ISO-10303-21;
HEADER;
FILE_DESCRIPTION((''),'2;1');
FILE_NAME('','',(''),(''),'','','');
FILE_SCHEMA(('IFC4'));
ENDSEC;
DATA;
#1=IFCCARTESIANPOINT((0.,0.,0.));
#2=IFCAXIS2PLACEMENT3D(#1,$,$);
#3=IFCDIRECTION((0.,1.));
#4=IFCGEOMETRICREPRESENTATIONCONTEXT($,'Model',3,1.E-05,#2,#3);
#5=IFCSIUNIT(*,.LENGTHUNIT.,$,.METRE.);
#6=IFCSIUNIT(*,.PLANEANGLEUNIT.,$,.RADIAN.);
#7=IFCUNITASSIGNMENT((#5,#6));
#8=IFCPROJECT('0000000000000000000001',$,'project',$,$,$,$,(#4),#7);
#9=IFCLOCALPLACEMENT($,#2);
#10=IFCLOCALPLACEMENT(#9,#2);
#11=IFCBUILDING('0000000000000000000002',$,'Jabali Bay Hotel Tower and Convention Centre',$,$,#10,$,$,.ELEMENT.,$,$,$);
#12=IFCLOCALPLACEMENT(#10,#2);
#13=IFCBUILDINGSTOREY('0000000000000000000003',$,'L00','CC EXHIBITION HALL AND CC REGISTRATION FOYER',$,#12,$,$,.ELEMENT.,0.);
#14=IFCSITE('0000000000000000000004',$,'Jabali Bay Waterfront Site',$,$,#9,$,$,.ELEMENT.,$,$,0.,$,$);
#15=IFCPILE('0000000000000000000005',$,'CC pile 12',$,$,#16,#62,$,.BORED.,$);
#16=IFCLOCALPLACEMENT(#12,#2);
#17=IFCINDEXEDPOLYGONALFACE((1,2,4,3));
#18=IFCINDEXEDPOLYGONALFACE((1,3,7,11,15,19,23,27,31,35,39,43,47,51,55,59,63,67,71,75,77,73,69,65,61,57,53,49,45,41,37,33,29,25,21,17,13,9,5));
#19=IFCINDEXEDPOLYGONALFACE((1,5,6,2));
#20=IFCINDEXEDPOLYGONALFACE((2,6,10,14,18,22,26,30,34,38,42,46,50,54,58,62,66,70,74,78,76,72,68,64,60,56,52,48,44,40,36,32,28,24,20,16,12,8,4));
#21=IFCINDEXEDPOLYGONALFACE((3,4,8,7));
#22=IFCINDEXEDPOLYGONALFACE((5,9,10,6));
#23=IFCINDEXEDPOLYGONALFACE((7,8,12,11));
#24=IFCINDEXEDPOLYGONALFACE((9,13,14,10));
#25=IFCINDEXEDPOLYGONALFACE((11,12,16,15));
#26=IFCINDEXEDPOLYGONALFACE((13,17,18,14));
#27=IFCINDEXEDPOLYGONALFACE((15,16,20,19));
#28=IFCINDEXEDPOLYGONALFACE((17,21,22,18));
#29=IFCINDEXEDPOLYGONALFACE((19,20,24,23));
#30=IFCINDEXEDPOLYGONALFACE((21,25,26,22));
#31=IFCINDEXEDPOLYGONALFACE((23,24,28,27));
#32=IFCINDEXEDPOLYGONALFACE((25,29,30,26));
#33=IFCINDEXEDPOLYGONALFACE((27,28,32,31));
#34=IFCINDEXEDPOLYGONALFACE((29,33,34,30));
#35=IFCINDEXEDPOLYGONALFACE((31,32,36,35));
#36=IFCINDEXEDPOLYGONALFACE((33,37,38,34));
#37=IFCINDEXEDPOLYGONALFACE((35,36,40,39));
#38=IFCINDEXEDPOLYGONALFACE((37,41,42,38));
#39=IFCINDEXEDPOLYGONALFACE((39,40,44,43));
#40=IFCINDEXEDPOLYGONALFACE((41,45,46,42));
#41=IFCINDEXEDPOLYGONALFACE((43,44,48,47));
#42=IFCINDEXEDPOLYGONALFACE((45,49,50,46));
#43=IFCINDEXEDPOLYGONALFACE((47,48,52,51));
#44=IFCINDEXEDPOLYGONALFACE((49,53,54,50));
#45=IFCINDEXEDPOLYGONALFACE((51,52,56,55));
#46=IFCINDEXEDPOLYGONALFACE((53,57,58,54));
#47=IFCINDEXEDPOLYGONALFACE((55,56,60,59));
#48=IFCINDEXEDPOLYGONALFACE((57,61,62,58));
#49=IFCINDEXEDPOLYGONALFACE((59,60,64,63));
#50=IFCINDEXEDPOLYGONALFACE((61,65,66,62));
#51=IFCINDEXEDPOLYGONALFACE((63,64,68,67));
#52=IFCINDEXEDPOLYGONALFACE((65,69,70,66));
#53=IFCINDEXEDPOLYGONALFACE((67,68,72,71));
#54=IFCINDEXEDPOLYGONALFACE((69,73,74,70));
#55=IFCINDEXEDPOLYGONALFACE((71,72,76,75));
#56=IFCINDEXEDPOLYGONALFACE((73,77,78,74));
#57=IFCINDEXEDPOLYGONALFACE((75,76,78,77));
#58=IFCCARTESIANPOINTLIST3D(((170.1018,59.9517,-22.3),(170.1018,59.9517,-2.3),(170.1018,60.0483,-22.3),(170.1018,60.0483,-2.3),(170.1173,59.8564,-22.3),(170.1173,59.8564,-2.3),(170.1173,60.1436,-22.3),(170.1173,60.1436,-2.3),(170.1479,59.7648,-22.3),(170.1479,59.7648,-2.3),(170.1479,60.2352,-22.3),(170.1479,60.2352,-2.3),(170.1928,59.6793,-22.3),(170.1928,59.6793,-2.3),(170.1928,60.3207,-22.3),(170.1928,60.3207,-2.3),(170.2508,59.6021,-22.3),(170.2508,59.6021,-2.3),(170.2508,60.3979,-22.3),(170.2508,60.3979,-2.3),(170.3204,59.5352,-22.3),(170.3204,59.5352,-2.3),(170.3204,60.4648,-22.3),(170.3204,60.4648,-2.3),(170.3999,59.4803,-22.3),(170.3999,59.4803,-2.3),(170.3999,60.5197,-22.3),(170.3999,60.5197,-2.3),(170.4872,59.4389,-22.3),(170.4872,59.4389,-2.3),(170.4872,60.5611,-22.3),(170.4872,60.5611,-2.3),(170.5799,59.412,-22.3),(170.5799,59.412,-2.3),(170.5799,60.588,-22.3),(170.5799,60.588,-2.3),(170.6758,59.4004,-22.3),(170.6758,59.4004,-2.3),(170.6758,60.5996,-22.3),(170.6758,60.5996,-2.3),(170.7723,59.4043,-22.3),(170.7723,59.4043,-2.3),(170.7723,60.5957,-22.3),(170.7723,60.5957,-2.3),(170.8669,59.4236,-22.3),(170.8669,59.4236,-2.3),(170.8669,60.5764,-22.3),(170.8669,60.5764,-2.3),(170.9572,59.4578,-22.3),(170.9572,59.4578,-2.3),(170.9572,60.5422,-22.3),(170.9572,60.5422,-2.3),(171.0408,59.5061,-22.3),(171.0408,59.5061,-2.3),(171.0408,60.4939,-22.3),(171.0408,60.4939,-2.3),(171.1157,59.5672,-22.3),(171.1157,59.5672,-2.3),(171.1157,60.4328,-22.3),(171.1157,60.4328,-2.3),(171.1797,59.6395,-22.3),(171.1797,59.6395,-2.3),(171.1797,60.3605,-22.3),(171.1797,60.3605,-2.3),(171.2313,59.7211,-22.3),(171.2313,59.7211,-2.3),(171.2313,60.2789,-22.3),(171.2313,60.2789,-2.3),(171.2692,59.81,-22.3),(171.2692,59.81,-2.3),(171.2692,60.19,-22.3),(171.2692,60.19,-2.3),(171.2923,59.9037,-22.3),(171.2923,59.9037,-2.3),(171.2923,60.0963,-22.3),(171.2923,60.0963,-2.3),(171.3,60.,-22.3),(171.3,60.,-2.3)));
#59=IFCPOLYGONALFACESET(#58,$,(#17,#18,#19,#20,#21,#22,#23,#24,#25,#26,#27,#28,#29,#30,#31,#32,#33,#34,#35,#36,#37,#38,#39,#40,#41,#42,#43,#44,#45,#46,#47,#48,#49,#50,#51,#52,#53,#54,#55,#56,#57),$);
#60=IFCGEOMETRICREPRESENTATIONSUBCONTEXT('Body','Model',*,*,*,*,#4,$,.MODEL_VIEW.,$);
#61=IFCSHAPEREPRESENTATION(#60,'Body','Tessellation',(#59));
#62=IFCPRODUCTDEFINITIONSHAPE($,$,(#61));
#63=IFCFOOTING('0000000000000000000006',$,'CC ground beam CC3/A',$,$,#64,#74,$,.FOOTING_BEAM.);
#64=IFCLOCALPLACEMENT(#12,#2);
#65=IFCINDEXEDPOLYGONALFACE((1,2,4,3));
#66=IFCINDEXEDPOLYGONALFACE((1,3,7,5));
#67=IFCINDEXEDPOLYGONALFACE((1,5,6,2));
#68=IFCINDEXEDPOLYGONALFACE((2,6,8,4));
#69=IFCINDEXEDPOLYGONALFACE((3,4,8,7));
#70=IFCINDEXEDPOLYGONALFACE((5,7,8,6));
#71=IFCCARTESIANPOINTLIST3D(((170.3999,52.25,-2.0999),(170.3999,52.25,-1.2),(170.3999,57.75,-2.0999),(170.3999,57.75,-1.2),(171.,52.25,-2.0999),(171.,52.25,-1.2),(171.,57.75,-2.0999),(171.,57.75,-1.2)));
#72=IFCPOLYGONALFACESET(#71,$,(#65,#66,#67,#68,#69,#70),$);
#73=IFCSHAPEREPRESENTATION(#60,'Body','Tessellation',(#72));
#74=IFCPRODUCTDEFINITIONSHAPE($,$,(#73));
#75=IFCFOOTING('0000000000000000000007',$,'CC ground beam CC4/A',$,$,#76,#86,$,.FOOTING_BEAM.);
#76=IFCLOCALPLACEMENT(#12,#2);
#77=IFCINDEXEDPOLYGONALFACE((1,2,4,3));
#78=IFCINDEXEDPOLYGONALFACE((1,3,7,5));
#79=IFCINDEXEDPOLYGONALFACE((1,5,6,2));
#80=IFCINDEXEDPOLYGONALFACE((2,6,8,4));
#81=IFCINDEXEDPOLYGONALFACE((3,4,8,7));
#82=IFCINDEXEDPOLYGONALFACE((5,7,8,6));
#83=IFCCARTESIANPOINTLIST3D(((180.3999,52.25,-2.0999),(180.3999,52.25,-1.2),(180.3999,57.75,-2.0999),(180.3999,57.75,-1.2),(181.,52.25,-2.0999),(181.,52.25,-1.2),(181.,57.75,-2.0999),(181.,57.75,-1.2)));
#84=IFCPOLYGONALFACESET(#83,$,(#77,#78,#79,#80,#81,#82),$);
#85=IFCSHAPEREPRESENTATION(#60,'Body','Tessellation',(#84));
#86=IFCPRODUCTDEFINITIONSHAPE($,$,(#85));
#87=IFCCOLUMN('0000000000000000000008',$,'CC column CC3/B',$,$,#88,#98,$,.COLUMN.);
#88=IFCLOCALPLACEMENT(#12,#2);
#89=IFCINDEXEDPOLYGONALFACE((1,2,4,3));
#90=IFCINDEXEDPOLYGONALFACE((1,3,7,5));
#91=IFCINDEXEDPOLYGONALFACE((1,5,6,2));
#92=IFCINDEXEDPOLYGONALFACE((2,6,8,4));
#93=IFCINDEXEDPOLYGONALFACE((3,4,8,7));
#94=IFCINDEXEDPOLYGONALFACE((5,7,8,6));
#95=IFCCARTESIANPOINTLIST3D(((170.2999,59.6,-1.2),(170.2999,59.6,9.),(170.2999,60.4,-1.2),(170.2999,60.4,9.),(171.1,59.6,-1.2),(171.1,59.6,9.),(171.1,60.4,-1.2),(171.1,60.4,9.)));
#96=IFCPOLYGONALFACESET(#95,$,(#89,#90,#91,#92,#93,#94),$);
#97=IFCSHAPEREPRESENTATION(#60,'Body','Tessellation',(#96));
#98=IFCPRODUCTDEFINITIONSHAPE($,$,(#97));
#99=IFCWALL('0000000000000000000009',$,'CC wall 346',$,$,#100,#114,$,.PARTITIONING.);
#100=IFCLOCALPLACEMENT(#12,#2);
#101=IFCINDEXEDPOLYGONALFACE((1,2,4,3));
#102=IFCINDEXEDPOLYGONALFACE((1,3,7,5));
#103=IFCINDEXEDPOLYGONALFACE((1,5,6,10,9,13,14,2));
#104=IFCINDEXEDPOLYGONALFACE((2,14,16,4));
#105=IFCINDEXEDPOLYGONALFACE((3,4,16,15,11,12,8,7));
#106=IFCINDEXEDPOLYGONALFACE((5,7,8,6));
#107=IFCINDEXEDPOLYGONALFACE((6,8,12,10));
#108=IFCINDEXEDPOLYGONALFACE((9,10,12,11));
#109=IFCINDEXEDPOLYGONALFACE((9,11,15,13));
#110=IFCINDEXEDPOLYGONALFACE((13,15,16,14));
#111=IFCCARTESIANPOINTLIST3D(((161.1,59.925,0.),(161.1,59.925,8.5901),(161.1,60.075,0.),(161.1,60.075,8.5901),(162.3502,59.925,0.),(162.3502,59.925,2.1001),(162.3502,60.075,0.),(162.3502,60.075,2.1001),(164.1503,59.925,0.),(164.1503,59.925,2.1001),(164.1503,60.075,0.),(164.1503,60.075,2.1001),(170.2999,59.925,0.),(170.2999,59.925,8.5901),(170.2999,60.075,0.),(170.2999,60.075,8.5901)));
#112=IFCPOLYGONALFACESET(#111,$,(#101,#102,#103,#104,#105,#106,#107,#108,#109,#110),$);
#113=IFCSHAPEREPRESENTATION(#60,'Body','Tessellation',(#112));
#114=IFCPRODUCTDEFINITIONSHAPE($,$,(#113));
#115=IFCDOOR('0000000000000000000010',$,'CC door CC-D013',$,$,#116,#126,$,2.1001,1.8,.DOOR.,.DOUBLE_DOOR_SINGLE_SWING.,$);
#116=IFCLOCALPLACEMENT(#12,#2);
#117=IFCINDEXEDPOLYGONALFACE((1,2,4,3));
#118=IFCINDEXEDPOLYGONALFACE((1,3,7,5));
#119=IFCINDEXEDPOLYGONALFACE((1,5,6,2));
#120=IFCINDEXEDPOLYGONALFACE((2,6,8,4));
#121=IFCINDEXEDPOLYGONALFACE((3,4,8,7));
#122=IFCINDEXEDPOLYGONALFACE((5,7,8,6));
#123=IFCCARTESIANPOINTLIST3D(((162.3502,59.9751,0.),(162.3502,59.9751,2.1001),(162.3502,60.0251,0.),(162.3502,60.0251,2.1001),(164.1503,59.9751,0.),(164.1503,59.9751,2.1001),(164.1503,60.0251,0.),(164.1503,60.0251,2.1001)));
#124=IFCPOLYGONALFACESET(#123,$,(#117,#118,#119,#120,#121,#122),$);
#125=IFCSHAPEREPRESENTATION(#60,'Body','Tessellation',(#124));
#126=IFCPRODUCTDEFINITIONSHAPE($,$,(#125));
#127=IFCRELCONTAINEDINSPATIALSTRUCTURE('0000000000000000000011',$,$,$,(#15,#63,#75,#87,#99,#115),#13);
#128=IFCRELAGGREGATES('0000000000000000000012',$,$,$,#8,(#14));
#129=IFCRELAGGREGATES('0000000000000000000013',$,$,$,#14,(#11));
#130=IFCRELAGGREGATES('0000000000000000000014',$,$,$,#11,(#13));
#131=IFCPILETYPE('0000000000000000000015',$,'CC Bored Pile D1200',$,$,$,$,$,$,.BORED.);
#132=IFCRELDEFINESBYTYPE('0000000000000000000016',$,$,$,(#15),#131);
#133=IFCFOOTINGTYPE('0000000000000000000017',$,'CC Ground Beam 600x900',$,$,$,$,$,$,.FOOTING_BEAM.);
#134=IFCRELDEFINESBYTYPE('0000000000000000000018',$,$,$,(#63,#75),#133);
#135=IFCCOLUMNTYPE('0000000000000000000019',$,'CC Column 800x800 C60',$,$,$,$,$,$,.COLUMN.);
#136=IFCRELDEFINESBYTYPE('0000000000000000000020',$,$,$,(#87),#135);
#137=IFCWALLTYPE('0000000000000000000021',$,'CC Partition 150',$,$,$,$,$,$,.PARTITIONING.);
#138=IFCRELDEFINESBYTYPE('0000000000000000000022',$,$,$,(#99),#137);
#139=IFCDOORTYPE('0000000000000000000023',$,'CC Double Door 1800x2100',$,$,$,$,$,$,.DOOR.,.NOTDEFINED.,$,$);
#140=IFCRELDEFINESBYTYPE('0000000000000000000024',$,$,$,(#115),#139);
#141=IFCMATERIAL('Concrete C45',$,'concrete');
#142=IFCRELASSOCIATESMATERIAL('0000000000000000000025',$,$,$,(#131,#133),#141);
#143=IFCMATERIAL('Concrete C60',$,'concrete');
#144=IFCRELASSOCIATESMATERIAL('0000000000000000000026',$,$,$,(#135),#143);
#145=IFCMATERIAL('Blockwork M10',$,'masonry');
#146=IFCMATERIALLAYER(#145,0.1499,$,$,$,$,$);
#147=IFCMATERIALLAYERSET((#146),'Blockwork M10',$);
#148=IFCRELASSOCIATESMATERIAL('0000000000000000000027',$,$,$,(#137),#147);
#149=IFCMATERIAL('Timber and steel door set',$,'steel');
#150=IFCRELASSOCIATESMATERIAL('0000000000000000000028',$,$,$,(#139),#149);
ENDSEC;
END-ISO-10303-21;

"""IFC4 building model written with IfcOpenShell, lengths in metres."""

from ifc_helpers import new_model, si_unit, direction, frame, frame_2d, origin, origin_2d, place, context, subcontext, project, spatial, rectangle, circle, extrude, material, layer, layer_set, material_profile, profile_set, type_object, element, fill, save


model = new_model("IFC4")

# Units and contexts
model_context = context("Model", 3, precision=1e-05, world=origin(), true_north=direction((0.0, 1.0)))
body_context = subcontext(model_context, "Body", "Model", "MODEL_VIEW")
ifc_project = project(units=[si_unit("LENGTHUNIT", "METRE"), si_unit("PLANEANGLEUNIT", "RADIAN")], contexts=[model_context])

# Site, building, storey
site_placement = place(None, origin())
site = spatial("IfcSite", under=ifc_project, at=site_placement, Name="Jabali Bay Waterfront Site", CompositionType="ELEMENT", RefElevation=0.0)
building_placement = place(site_placement, origin())
building = spatial("IfcBuilding", under=site, at=building_placement, Name="Jabali Bay Hotel Tower and Convention Centre", CompositionType="ELEMENT")
storey_placement = place(building_placement, origin())
storey = spatial("IfcBuildingStorey", under=building, at=storey_placement, Name="L00", Description="CC EXHIBITION HALL AND CC REGISTRATION FOYER", CompositionType="ELEMENT", Elevation=0.0)

# Pile
ifc_material_1 = material(Name="Concrete C45", Category="concrete")
ifc_material_profile_1 = material_profile(ifc_material_1, circle(Radius=0.6001, at=origin_2d()), Name="D1200")
ifc_profile_set_1 = profile_set([ifc_material_profile_1], Name="Concrete C45")
pile_type = type_object("IfcPileType", Name="CC Bored Pile D1200", PredefinedType="BORED", material=ifc_profile_set_1)
pile_placement = place(storey_placement, frame((170.7, 60.0, -2.3), z_axis=(0.0, 0.0, -1.0), x_axis=(1.0, 0.0, 0.0)))
element("IfcPile", 1, at=pile_placement, inside=storey, type_object=pile_type, Name="CC pile 12", PredefinedType="BORED", context=body_context, shape_type="SweptSolid", body=[
    extrude(circle(Radius=0.6001, at=origin_2d()), origin(), (0.0, 0.0, 1.0), 20.0),
])

# Footings
ifc_material_profile_2 = material_profile(ifc_material_1, rectangle(XDim=0.6001, YDim=0.8999, at=origin_2d()), Name="RC 600x900")
ifc_profile_set_2 = profile_set([ifc_material_profile_2], Name="Concrete C45")
footing_type = type_object("IfcFootingType", Name="CC Ground Beam 600x900", PredefinedType="FOOTING_BEAM", material=ifc_profile_set_2)
for number, where, z_axis, x_axis, name in (
    (2, (170.7, 52.25, -1.6499), (0.0, 1.0, 0.0), (-1.0, 0.0, 0.0), "CC ground beam CC3/A"),
    (3, (180.7, 52.25, -1.6499), (0.0, 1.0, 0.0), (-1.0, 0.0, 0.0), "CC ground beam CC4/A"),
):
    element("IfcFooting", number, at=place(storey_placement, frame(where, z_axis=z_axis, x_axis=x_axis)), inside=storey, type_object=footing_type, Name=name, PredefinedType="FOOTING_BEAM", context=body_context, shape_type="SweptSolid", body=[
        extrude(rectangle(XDim=0.6001, YDim=0.8999, at=origin_2d()), origin(), (0.0, 0.0, 1.0), 5.5),
    ])

# Column
ifc_material_2 = material(Name="Concrete C60", Category="concrete")
ifc_material_profile_3 = material_profile(ifc_material_2, rectangle(XDim=0.8, YDim=0.8, at=origin_2d()), Name="RC 800x800")
ifc_profile_set_3 = profile_set([ifc_material_profile_3], Name="Concrete C60")
column_type = type_object("IfcColumnType", Name="CC Column 800x800 C60", PredefinedType="COLUMN", material=ifc_profile_set_3)
column_placement = place(storey_placement, frame((170.7, 60.0, -1.2), z_axis=(0.0, 0.0, 1.0), x_axis=(1.0, 0.0, 0.0)))
element("IfcColumn", 4, at=column_placement, inside=storey, type_object=column_type, Name="CC column CC3/B", PredefinedType="COLUMN", context=body_context, shape_type="SweptSolid", body=[
    extrude(rectangle(XDim=0.8, YDim=0.8, at=origin_2d()), origin(), (0.0, 0.0, 1.0), 10.2),
])

# Wall, opening, door
ifc_material_3 = material(Name="Blockwork M10", Category="masonry")
ifc_layer = layer(ifc_material_3, 0.1499)
ifc_layer_set = layer_set([ifc_layer], Name="Blockwork M10")
wall_type = type_object("IfcWallType", Name="CC Partition 150", PredefinedType="PARTITIONING", material=ifc_layer_set)
wall_1_placement = place(storey_placement, frame((170.3, 60.0, 0.0), z_axis=(0.0, 0.0, 1.0), x_axis=(-1.0, 0.0, 0.0)))
wall_1 = element("IfcWall", 5, at=wall_1_placement, inside=storey, type_object=wall_type, Name="CC wall 346", PredefinedType="PARTITIONING", context=body_context, shape_type="SweptSolid", body=[
    extrude(rectangle(XDim=9.2, YDim=0.1499, at=frame_2d((4.6001, 0.0))), origin(), (0.0, 0.0, 1.0), 8.5901),
])
opening_1_placement = place(wall_1_placement, frame((6.1499, 0.0, 0.0)))
opening_1 = element("IfcOpeningElement", 6, at=opening_1_placement, cuts=wall_1, PredefinedType="OPENING", context=body_context, shape_type="SweptSolid", body=[
    extrude(rectangle(XDim=1.8, YDim=2.1001, at=frame_2d((0.8999, 1.05))), frame((0.0, 0.0854, 0.0), z_axis=(0.0, -1.0, 0.0), x_axis=(1.0, 0.0, 0.0)), (0.0, 0.0, 1.0), 0.1709),
])
ifc_material_4 = material(Name="Timber and steel door set", Category="steel")
door_type_1 = type_object("IfcDoorType", Name="CC Double Door 1800x2100", OperationType="NOTDEFINED", PredefinedType="DOOR", material=ifc_material_4)
door_1_placement = place(opening_1_placement, origin())
door_1 = element("IfcDoor", 7, at=door_1_placement, inside=storey, type_object=door_type_1, Name="CC door CC-D013", OperationType="DOUBLE_DOOR_SINGLE_SWING", OverallHeight=2.1001, OverallWidth=1.8, PredefinedType="DOOR", context=body_context, shape_type="SweptSolid", body=[
    extrude(rectangle(XDim=1.8, YDim=2.1001, at=frame_2d((0.8999, 1.05))), frame((0.0, 0.0249, 0.0), z_axis=(0.0, -1.0, 0.0), x_axis=(1.0, 0.0, 0.0)), (0.0, 0.0, 1.0), 0.05),
])
fill(opening_1, door_1)

save(model, "model.ifc")
